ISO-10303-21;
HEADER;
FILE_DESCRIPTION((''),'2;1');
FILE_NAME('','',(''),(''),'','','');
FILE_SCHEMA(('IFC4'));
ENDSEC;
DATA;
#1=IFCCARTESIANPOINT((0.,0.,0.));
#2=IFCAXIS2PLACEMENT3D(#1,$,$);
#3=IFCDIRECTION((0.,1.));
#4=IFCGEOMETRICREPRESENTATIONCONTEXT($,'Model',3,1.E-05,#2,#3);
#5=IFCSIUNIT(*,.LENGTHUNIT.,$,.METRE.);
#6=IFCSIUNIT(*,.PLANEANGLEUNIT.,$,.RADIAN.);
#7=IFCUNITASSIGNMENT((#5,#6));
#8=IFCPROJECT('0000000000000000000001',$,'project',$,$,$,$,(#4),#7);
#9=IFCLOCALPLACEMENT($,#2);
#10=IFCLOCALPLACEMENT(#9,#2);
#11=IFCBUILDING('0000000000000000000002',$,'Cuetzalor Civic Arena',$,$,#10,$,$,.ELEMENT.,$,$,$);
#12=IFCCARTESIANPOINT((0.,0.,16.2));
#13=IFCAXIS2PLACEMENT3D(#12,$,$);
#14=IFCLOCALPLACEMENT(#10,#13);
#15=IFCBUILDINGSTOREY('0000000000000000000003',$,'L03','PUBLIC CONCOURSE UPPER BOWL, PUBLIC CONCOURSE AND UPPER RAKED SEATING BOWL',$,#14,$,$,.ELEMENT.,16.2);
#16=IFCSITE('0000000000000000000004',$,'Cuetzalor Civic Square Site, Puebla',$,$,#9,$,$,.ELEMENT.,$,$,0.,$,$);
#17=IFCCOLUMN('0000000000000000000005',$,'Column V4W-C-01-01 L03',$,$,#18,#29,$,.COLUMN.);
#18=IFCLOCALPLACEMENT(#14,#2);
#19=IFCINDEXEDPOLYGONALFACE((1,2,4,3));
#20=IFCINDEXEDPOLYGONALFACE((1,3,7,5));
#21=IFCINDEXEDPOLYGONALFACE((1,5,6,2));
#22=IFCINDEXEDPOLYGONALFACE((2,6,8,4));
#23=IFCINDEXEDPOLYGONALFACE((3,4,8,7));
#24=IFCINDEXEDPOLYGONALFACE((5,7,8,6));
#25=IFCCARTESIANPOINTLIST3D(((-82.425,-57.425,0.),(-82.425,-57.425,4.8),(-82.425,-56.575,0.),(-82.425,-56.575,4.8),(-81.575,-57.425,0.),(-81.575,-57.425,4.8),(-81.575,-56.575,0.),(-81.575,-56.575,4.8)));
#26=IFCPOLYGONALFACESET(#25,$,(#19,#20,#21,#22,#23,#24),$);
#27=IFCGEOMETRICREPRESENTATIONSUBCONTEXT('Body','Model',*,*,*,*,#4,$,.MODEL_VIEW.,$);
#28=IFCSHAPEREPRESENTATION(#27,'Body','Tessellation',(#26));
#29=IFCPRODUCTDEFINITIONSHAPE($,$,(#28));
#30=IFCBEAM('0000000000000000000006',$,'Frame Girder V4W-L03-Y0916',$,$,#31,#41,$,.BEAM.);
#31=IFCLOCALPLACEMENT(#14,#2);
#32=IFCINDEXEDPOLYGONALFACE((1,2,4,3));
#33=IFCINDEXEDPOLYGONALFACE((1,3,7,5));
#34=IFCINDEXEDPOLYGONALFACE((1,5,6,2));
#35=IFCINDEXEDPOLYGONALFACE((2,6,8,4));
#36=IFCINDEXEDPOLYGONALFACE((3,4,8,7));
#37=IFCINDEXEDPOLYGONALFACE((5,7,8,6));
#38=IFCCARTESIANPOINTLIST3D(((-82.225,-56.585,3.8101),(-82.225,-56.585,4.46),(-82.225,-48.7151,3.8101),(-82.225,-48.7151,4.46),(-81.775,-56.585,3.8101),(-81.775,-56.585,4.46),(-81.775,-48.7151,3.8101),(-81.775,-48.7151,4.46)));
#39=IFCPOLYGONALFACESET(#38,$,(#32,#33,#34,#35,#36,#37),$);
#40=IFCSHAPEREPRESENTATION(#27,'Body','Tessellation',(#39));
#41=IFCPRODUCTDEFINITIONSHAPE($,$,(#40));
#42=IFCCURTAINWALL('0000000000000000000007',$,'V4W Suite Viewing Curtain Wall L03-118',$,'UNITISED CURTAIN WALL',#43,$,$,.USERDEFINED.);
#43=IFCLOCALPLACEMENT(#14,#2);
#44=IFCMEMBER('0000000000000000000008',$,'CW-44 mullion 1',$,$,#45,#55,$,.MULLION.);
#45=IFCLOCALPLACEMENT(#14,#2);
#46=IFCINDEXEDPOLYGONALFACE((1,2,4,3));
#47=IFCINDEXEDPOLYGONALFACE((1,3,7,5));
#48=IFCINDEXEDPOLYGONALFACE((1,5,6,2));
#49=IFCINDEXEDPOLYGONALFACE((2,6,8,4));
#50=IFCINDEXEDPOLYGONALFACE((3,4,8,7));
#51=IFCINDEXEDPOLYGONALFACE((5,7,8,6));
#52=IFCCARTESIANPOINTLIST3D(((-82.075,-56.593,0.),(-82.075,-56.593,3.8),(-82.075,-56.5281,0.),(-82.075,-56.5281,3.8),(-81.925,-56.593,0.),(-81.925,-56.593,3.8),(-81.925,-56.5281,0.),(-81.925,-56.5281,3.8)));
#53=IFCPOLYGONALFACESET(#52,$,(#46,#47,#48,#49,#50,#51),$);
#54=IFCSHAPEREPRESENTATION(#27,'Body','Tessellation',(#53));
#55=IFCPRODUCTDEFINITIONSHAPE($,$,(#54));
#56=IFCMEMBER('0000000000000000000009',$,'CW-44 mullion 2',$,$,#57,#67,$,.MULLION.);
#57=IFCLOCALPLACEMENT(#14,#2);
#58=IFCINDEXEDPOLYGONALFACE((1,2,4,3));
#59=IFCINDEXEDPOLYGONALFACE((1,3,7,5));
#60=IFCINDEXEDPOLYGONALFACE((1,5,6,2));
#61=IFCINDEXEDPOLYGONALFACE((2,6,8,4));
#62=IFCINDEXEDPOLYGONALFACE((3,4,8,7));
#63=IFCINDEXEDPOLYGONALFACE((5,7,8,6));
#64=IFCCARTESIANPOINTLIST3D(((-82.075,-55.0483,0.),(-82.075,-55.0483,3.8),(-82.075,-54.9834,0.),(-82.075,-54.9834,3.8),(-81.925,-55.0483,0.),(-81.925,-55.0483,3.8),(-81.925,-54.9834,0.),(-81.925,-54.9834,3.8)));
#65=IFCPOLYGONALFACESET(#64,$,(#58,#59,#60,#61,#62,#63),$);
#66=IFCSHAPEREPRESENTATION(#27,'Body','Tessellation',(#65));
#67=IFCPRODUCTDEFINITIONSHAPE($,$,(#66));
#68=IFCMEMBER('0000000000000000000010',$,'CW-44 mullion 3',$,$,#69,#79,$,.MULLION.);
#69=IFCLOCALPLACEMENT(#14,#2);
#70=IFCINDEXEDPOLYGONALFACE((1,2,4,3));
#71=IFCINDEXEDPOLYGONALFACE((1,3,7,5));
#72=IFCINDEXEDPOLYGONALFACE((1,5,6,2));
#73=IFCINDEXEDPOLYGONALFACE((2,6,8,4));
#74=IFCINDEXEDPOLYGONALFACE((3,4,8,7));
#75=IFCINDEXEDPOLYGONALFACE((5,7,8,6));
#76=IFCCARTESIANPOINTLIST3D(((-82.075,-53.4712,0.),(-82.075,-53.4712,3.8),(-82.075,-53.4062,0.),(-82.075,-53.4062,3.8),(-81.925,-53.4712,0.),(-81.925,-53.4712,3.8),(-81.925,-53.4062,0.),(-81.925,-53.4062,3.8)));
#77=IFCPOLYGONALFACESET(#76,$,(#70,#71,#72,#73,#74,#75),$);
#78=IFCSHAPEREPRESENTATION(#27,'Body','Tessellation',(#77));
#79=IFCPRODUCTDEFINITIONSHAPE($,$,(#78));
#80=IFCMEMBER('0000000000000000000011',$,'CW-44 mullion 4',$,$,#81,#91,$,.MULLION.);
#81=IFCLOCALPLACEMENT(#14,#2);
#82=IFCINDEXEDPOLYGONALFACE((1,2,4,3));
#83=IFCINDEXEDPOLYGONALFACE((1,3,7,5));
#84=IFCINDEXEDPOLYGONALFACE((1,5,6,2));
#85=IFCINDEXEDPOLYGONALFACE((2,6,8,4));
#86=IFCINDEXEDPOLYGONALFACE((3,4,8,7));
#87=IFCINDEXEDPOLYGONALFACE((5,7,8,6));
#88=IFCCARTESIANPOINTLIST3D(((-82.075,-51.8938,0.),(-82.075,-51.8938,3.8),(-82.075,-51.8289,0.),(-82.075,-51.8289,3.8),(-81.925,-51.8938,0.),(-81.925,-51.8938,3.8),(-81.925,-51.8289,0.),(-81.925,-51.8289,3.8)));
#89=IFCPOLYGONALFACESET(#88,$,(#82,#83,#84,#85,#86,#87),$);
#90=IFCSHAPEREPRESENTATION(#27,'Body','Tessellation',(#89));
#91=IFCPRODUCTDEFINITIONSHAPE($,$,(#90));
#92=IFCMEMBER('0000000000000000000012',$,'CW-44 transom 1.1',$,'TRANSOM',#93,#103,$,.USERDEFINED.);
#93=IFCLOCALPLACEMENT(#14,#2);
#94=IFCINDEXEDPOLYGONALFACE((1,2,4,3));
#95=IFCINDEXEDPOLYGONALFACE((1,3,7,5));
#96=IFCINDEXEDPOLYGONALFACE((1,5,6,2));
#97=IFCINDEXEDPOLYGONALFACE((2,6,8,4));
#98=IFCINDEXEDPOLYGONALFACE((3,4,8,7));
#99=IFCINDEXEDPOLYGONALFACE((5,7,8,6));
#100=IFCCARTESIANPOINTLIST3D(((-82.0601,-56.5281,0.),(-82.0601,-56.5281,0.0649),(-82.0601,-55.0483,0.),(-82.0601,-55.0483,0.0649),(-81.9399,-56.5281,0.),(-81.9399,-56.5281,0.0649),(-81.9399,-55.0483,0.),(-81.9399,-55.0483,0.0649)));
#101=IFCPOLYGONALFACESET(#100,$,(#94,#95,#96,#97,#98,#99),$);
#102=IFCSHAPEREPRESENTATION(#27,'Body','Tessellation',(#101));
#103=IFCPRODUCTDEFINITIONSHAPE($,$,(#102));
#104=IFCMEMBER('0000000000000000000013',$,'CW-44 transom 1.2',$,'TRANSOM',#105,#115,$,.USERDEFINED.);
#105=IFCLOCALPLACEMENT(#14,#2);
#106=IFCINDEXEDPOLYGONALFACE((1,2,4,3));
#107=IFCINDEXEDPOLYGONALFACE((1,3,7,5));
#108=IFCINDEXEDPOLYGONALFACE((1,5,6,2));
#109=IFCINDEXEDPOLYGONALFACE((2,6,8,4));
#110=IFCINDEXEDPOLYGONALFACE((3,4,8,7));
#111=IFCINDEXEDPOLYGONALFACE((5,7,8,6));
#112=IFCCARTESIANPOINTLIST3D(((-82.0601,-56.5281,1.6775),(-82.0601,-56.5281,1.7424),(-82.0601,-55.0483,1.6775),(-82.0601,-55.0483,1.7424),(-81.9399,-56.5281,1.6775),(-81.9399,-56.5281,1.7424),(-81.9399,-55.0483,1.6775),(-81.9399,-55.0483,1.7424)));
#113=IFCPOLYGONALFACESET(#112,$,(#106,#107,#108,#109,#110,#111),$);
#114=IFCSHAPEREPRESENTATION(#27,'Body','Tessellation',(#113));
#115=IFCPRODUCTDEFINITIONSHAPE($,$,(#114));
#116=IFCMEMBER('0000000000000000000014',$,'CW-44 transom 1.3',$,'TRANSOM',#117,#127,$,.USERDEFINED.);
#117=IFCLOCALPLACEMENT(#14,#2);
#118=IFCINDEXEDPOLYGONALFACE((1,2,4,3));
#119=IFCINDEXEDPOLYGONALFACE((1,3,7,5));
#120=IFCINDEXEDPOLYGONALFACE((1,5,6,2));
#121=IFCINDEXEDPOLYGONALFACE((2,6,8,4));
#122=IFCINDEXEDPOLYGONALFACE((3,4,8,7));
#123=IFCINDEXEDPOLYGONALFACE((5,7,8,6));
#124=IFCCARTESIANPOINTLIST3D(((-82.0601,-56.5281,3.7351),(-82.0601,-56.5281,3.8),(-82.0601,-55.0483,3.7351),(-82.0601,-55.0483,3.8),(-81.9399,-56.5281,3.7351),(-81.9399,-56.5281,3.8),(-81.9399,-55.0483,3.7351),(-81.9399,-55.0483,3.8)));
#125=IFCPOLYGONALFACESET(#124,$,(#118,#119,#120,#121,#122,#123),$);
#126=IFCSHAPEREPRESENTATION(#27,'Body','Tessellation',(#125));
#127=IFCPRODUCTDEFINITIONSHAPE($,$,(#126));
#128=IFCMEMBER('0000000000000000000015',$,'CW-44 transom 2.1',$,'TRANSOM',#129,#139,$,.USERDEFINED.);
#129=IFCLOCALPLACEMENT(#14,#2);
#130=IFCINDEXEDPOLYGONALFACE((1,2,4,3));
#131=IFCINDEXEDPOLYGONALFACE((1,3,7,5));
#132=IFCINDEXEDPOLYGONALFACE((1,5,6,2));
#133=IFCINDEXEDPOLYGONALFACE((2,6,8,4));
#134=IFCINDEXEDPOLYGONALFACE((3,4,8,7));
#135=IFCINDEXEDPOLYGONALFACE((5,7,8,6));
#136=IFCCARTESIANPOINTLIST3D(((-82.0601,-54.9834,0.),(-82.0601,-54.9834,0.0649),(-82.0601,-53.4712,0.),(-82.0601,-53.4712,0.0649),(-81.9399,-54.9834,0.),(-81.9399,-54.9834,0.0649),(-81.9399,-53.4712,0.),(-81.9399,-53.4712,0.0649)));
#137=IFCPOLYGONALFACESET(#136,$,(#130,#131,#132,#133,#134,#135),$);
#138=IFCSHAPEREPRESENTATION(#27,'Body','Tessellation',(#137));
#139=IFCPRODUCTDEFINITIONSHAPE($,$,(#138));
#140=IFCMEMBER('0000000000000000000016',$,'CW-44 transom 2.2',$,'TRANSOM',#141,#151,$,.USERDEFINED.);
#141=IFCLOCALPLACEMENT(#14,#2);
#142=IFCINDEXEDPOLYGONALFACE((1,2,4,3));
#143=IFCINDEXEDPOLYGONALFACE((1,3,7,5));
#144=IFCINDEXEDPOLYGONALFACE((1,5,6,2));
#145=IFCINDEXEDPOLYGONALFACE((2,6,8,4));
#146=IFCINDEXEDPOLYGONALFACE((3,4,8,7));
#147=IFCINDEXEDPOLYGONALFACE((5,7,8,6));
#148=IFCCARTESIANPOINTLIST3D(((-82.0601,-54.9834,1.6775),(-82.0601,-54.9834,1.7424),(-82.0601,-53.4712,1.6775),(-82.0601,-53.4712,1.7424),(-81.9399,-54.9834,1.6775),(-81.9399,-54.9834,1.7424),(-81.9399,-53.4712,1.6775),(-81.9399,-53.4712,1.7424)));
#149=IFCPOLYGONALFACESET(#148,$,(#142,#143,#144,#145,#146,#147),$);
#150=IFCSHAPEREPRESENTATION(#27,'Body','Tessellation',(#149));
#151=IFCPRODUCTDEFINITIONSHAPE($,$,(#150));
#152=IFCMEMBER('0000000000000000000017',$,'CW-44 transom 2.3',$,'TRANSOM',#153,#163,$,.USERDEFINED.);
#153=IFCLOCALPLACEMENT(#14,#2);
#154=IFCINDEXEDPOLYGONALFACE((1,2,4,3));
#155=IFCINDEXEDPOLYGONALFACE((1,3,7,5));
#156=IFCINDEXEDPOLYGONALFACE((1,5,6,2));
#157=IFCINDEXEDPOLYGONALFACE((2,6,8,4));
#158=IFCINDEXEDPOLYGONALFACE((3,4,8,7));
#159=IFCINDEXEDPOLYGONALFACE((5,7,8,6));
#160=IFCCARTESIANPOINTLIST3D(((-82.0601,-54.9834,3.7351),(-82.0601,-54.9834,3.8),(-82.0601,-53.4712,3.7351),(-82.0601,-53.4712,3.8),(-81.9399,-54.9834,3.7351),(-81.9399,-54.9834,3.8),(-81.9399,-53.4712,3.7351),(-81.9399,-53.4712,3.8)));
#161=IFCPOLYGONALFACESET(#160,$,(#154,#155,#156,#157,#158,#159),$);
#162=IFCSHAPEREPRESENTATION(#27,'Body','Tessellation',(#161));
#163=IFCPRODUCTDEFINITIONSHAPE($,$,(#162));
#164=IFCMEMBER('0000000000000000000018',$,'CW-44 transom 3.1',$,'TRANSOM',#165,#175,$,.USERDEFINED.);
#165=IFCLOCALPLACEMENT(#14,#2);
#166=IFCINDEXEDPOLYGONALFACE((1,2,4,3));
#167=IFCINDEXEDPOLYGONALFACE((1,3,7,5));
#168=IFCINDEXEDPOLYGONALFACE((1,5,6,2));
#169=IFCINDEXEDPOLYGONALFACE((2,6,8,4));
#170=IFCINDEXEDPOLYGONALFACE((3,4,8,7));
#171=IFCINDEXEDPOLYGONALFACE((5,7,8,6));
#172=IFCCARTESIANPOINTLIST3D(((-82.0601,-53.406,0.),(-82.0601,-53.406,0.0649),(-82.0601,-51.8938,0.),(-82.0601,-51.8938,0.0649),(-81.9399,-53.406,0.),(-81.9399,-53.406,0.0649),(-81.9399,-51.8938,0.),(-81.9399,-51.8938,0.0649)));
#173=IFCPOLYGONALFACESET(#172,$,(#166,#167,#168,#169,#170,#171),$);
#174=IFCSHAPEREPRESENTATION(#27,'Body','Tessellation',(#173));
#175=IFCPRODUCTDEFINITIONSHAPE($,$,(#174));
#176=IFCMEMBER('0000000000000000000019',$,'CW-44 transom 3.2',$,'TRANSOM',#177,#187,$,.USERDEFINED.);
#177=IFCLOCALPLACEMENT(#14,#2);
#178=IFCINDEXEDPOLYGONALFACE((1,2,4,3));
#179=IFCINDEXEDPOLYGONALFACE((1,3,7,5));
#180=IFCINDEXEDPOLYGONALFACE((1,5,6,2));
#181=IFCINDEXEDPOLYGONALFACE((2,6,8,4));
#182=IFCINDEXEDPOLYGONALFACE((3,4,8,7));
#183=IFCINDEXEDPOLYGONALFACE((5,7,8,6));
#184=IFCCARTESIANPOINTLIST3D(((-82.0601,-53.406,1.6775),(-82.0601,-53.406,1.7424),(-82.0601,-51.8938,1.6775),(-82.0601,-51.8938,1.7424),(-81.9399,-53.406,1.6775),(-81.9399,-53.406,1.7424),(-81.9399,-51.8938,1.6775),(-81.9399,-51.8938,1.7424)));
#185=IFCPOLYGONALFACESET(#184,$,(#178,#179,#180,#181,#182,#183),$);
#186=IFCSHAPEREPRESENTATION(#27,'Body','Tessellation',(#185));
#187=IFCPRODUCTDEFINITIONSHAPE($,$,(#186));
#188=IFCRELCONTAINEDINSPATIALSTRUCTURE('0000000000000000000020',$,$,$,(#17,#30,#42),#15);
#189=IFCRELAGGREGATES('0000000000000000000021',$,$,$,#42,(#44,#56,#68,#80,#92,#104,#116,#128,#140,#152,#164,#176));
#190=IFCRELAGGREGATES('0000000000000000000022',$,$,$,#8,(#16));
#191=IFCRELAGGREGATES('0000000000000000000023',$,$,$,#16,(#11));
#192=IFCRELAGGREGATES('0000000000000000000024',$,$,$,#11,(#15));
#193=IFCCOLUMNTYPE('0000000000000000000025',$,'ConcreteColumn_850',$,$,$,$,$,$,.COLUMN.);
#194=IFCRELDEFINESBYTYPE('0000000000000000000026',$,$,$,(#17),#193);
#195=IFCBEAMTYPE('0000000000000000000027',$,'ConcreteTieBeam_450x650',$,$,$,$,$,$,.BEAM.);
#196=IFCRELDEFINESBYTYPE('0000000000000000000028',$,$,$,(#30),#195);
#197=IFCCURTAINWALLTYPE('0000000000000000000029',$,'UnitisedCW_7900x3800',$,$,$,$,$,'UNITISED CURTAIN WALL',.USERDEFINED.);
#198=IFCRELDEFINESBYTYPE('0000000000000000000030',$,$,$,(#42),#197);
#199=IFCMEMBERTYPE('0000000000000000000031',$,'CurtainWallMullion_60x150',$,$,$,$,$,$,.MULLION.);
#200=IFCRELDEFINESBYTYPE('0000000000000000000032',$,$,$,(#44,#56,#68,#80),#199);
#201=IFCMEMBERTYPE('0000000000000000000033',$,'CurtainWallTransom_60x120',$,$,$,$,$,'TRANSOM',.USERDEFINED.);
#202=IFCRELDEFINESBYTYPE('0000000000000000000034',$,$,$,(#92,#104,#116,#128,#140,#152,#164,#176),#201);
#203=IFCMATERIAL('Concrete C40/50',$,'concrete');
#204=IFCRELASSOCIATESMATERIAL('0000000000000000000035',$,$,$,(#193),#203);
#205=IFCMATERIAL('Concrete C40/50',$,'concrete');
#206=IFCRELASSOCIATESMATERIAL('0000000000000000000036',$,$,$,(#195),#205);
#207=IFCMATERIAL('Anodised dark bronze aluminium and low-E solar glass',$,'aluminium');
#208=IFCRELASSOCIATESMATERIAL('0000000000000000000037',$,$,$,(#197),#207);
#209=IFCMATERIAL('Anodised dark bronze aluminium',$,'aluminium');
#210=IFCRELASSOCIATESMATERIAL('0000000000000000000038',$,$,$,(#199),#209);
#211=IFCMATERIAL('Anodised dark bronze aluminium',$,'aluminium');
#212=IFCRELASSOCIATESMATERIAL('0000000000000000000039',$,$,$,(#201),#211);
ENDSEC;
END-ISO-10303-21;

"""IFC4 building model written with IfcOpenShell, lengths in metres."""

from ifc_helpers import new_model, si_unit, direction, frame, origin, origin_2d, place, context, subcontext, project, spatial, rectangle, extrude, material, material_profile, profile_set, type_object, element, aggregate, save


model = new_model("IFC4")

# Units and contexts
model_context = context("Model", 3, precision=1e-05, world=origin(), true_north=direction((0.0, 1.0)))
body_context = subcontext(model_context, "Body", "Model", "MODEL_VIEW")
ifc_project = project(units=[si_unit("LENGTHUNIT", "METRE"), si_unit("PLANEANGLEUNIT", "RADIAN")], contexts=[model_context])

# Site, building, storey
site_placement = place(None, origin())
site = spatial("IfcSite", under=ifc_project, at=site_placement, Name="Cuetzalor Civic Square Site, Puebla", CompositionType="ELEMENT", RefElevation=0.0)
building_placement = place(site_placement, origin())
building = spatial("IfcBuilding", under=site, at=building_placement, Name="Cuetzalor Civic Arena", CompositionType="ELEMENT")
storey_placement = place(building_placement, frame((0.0, 0.0, 16.2)))
storey = spatial("IfcBuildingStorey", under=building, at=storey_placement, Name="L03", Description="PUBLIC CONCOURSE UPPER BOWL, PUBLIC CONCOURSE AND UPPER RAKED SEATING BOWL", CompositionType="ELEMENT", Elevation=16.2)

# Column
ifc_material_1 = material(Name="Concrete C40/50", Category="concrete")
ifc_material_profile_1 = material_profile(ifc_material_1, rectangle(XDim=0.8501, YDim=0.8501, at=origin_2d()), Name="RC 850x850")
ifc_profile_set_1 = profile_set([ifc_material_profile_1], Name="Concrete C40/50")
column_type = type_object("IfcColumnType", Name="ConcreteColumn_850", PredefinedType="COLUMN", material=ifc_profile_set_1)
column_placement = place(storey_placement, frame((-82.0, -57.0, 0.0), z_axis=(0.0, 0.0, 1.0), x_axis=(1.0, 0.0, 0.0)))
element("IfcColumn", 1, at=column_placement, inside=storey, type_object=column_type, Name="Column V4W-C-01-01 L03", PredefinedType="COLUMN", context=body_context, shape_type="SweptSolid", body=[
    extrude(rectangle(XDim=0.8501, YDim=0.8501, at=origin_2d()), origin(), (0.0, 0.0, 1.0), 4.8),
])

# Beam
ifc_material_2 = material(Name="Concrete C40/50", Category="concrete")
ifc_material_profile_2 = material_profile(ifc_material_2, rectangle(XDim=0.45, YDim=0.6499, at=origin_2d()), Name="RC 450x650")
ifc_profile_set_2 = profile_set([ifc_material_profile_2], Name="Concrete C40/50")
beam_type = type_object("IfcBeamType", Name="ConcreteTieBeam_450x650", PredefinedType="BEAM", material=ifc_profile_set_2)
beam_placement = place(storey_placement, frame((-82.0, -56.585, 4.135), z_axis=(0.0, 1.0, 0.0), x_axis=(-1.0, 0.0, 0.0)))
element("IfcBeam", 2, at=beam_placement, inside=storey, type_object=beam_type, Name="Frame Girder V4W-L03-Y0916", PredefinedType="BEAM", context=body_context, shape_type="SweptSolid", body=[
    extrude(rectangle(XDim=0.45, YDim=0.6499, at=origin_2d()), origin(), (0.0, 0.0, 1.0), 7.8699),
])

# Curtain wall, members
ifc_material_3 = material(Name="Anodised dark bronze aluminium and low-E solar glass", Category="aluminium")
curtain_wall_type = type_object("IfcCurtainWallType", Name="UnitisedCW_7900x3800", ElementType="UNITISED CURTAIN WALL", PredefinedType="USERDEFINED", material=ifc_material_3)
curtain_wall_placement = place(storey_placement, origin())
curtain_wall = element("IfcCurtainWall", 3, at=curtain_wall_placement, inside=storey, type_object=curtain_wall_type, Name="V4W Suite Viewing Curtain Wall L03-118", ObjectType="UNITISED CURTAIN WALL", PredefinedType="USERDEFINED")
ifc_material_4 = material(Name="Anodised dark bronze aluminium", Category="aluminium")
ifc_material_profile_3 = material_profile(ifc_material_4, rectangle(XDim=0.0649, YDim=0.1499, at=origin_2d()), Name="ALU MULLION 65x150")
ifc_profile_set_3 = profile_set([ifc_material_profile_3], Name="Anodised dark bronze aluminium")
member_type_1 = type_object("IfcMemberType", Name="CurtainWallMullion_60x150", PredefinedType="MULLION", material=ifc_profile_set_3)
member_1_placement = place(storey_placement, frame((-82.0, -56.5605, 0.0), z_axis=(0.0, 0.0, 1.0), x_axis=(0.0, 1.0, 0.0)))
member_1 = element("IfcMember", 4, at=member_1_placement, type_object=member_type_1, Name="CW-44 mullion 1", PredefinedType="MULLION", context=body_context, shape_type="SweptSolid", body=[
    extrude(rectangle(XDim=0.0649, YDim=0.1499, at=origin_2d()), origin(), (0.0, 0.0, 1.0), 3.8),
])
member_2_placement = place(storey_placement, frame((-82.0, -55.0159, 0.0), z_axis=(0.0, 0.0, 1.0), x_axis=(0.0, 1.0, 0.0)))
member_2 = element("IfcMember", 5, at=member_2_placement, type_object=member_type_1, Name="CW-44 mullion 2", PredefinedType="MULLION", context=body_context, shape_type="SweptSolid", body=[
    extrude(rectangle(XDim=0.0649, YDim=0.1499, at=origin_2d()), origin(), (0.0, 0.0, 1.0), 3.8),
])
member_3_placement = place(storey_placement, frame((-82.0, -53.4387, 0.0), z_axis=(0.0, 0.0, 1.0), x_axis=(0.0, 1.0, 0.0)))
member_3 = element("IfcMember", 6, at=member_3_placement, type_object=member_type_1, Name="CW-44 mullion 3", PredefinedType="MULLION", context=body_context, shape_type="SweptSolid", body=[
    extrude(rectangle(XDim=0.0649, YDim=0.1499, at=origin_2d()), origin(), (0.0, 0.0, 1.0), 3.8),
])
member_4_placement = place(storey_placement, frame((-82.0, -51.8613, 0.0), z_axis=(0.0, 0.0, 1.0), x_axis=(0.0, 1.0, 0.0)))
member_4 = element("IfcMember", 7, at=member_4_placement, type_object=member_type_1, Name="CW-44 mullion 4", PredefinedType="MULLION", context=body_context, shape_type="SweptSolid", body=[
    extrude(rectangle(XDim=0.0649, YDim=0.1499, at=origin_2d()), origin(), (0.0, 0.0, 1.0), 3.8),
])
ifc_material_5 = material(Name="Anodised dark bronze aluminium", Category="aluminium")
ifc_material_profile_4 = material_profile(ifc_material_5, rectangle(XDim=0.1201, YDim=0.0649, at=origin_2d()), Name="ALU TRANSOM 65x120")
ifc_profile_set_4 = profile_set([ifc_material_profile_4], Name="Anodised dark bronze aluminium")
member_type_2 = type_object("IfcMemberType", Name="CurtainWallTransom_60x120", ElementType="TRANSOM", PredefinedType="USERDEFINED", material=ifc_profile_set_4)
member_5_placement = place(storey_placement, frame((-82.0, -56.5281, 0.0325), z_axis=(0.0, 1.0, 0.0), x_axis=(-1.0, 0.0, 0.0)))
member_5 = element("IfcMember", 8, at=member_5_placement, type_object=member_type_2, Name="CW-44 transom 1.1", ObjectType="TRANSOM", PredefinedType="USERDEFINED", context=body_context, shape_type="SweptSolid", body=[
    extrude(rectangle(XDim=0.1201, YDim=0.0649, at=origin_2d()), origin(), (0.0, 0.0, 1.0), 1.4797),
])
member_6_placement = place(storey_placement, frame((-82.0, -56.5281, 1.71), z_axis=(0.0, 1.0, 0.0), x_axis=(-1.0, 0.0, 0.0)))
member_6 = element("IfcMember", 9, at=member_6_placement, type_object=member_type_2, Name="CW-44 transom 1.2", ObjectType="TRANSOM", PredefinedType="USERDEFINED", context=body_context, shape_type="SweptSolid", body=[
    extrude(rectangle(XDim=0.1201, YDim=0.0649, at=origin_2d()), origin(), (0.0, 0.0, 1.0), 1.4797),
])
member_7_placement = place(storey_placement, frame((-82.0, -56.5281, 3.7676), z_axis=(0.0, 1.0, 0.0), x_axis=(-1.0, 0.0, 0.0)))
member_7 = element("IfcMember", 10, at=member_7_placement, type_object=member_type_2, Name="CW-44 transom 1.3", ObjectType="TRANSOM", PredefinedType="USERDEFINED", context=body_context, shape_type="SweptSolid", body=[
    extrude(rectangle(XDim=0.1201, YDim=0.0649, at=origin_2d()), origin(), (0.0, 0.0, 1.0), 1.4797),
])
member_8_placement = place(storey_placement, frame((-82.0, -54.9834, 0.0325), z_axis=(0.0, 1.0, 0.0), x_axis=(-1.0, 0.0, 0.0)))
member_8 = element("IfcMember", 11, at=member_8_placement, type_object=member_type_2, Name="CW-44 transom 2.1", ObjectType="TRANSOM", PredefinedType="USERDEFINED", context=body_context, shape_type="SweptSolid", body=[
    extrude(rectangle(XDim=0.1201, YDim=0.0649, at=origin_2d()), origin(), (0.0, 0.0, 1.0), 1.5122),
])
member_9_placement = place(storey_placement, frame((-82.0, -54.9834, 1.71), z_axis=(0.0, 1.0, 0.0), x_axis=(-1.0, 0.0, 0.0)))
member_9 = element("IfcMember", 12, at=member_9_placement, type_object=member_type_2, Name="CW-44 transom 2.2", ObjectType="TRANSOM", PredefinedType="USERDEFINED", context=body_context, shape_type="SweptSolid", body=[
    extrude(rectangle(XDim=0.1201, YDim=0.0649, at=origin_2d()), origin(), (0.0, 0.0, 1.0), 1.5122),
])
member_10_placement = place(storey_placement, frame((-82.0, -54.9834, 3.7676), z_axis=(0.0, 1.0, 0.0), x_axis=(-1.0, 0.0, 0.0)))
member_10 = element("IfcMember", 13, at=member_10_placement, type_object=member_type_2, Name="CW-44 transom 2.3", ObjectType="TRANSOM", PredefinedType="USERDEFINED", context=body_context, shape_type="SweptSolid", body=[
    extrude(rectangle(XDim=0.1201, YDim=0.0649, at=origin_2d()), origin(), (0.0, 0.0, 1.0), 1.5122),
])
member_11_placement = place(storey_placement, frame((-82.0, -53.406, 0.0325), z_axis=(0.0, 1.0, 0.0), x_axis=(-1.0, 0.0, 0.0)))
member_11 = element("IfcMember", 14, at=member_11_placement, type_object=member_type_2, Name="CW-44 transom 3.1", ObjectType="TRANSOM", PredefinedType="USERDEFINED", context=body_context, shape_type="SweptSolid", body=[
    extrude(rectangle(XDim=0.1201, YDim=0.0649, at=origin_2d()), origin(), (0.0, 0.0, 1.0), 1.5122),
])
member_12_placement = place(storey_placement, frame((-82.0, -53.406, 1.71), z_axis=(0.0, 1.0, 0.0), x_axis=(-1.0, 0.0, 0.0)))
member_12 = element("IfcMember", 15, at=member_12_placement, type_object=member_type_2, Name="CW-44 transom 3.2", ObjectType="TRANSOM", PredefinedType="USERDEFINED", context=body_context, shape_type="SweptSolid", body=[
    extrude(rectangle(XDim=0.1201, YDim=0.0649, at=origin_2d()), origin(), (0.0, 0.0, 1.0), 1.5122),
])
aggregate(curtain_wall, [member_1, member_2, member_3, member_4, member_5, member_6, member_7, member_8, member_9, member_10, member_11, member_12])

save(model, "model.ifc")
